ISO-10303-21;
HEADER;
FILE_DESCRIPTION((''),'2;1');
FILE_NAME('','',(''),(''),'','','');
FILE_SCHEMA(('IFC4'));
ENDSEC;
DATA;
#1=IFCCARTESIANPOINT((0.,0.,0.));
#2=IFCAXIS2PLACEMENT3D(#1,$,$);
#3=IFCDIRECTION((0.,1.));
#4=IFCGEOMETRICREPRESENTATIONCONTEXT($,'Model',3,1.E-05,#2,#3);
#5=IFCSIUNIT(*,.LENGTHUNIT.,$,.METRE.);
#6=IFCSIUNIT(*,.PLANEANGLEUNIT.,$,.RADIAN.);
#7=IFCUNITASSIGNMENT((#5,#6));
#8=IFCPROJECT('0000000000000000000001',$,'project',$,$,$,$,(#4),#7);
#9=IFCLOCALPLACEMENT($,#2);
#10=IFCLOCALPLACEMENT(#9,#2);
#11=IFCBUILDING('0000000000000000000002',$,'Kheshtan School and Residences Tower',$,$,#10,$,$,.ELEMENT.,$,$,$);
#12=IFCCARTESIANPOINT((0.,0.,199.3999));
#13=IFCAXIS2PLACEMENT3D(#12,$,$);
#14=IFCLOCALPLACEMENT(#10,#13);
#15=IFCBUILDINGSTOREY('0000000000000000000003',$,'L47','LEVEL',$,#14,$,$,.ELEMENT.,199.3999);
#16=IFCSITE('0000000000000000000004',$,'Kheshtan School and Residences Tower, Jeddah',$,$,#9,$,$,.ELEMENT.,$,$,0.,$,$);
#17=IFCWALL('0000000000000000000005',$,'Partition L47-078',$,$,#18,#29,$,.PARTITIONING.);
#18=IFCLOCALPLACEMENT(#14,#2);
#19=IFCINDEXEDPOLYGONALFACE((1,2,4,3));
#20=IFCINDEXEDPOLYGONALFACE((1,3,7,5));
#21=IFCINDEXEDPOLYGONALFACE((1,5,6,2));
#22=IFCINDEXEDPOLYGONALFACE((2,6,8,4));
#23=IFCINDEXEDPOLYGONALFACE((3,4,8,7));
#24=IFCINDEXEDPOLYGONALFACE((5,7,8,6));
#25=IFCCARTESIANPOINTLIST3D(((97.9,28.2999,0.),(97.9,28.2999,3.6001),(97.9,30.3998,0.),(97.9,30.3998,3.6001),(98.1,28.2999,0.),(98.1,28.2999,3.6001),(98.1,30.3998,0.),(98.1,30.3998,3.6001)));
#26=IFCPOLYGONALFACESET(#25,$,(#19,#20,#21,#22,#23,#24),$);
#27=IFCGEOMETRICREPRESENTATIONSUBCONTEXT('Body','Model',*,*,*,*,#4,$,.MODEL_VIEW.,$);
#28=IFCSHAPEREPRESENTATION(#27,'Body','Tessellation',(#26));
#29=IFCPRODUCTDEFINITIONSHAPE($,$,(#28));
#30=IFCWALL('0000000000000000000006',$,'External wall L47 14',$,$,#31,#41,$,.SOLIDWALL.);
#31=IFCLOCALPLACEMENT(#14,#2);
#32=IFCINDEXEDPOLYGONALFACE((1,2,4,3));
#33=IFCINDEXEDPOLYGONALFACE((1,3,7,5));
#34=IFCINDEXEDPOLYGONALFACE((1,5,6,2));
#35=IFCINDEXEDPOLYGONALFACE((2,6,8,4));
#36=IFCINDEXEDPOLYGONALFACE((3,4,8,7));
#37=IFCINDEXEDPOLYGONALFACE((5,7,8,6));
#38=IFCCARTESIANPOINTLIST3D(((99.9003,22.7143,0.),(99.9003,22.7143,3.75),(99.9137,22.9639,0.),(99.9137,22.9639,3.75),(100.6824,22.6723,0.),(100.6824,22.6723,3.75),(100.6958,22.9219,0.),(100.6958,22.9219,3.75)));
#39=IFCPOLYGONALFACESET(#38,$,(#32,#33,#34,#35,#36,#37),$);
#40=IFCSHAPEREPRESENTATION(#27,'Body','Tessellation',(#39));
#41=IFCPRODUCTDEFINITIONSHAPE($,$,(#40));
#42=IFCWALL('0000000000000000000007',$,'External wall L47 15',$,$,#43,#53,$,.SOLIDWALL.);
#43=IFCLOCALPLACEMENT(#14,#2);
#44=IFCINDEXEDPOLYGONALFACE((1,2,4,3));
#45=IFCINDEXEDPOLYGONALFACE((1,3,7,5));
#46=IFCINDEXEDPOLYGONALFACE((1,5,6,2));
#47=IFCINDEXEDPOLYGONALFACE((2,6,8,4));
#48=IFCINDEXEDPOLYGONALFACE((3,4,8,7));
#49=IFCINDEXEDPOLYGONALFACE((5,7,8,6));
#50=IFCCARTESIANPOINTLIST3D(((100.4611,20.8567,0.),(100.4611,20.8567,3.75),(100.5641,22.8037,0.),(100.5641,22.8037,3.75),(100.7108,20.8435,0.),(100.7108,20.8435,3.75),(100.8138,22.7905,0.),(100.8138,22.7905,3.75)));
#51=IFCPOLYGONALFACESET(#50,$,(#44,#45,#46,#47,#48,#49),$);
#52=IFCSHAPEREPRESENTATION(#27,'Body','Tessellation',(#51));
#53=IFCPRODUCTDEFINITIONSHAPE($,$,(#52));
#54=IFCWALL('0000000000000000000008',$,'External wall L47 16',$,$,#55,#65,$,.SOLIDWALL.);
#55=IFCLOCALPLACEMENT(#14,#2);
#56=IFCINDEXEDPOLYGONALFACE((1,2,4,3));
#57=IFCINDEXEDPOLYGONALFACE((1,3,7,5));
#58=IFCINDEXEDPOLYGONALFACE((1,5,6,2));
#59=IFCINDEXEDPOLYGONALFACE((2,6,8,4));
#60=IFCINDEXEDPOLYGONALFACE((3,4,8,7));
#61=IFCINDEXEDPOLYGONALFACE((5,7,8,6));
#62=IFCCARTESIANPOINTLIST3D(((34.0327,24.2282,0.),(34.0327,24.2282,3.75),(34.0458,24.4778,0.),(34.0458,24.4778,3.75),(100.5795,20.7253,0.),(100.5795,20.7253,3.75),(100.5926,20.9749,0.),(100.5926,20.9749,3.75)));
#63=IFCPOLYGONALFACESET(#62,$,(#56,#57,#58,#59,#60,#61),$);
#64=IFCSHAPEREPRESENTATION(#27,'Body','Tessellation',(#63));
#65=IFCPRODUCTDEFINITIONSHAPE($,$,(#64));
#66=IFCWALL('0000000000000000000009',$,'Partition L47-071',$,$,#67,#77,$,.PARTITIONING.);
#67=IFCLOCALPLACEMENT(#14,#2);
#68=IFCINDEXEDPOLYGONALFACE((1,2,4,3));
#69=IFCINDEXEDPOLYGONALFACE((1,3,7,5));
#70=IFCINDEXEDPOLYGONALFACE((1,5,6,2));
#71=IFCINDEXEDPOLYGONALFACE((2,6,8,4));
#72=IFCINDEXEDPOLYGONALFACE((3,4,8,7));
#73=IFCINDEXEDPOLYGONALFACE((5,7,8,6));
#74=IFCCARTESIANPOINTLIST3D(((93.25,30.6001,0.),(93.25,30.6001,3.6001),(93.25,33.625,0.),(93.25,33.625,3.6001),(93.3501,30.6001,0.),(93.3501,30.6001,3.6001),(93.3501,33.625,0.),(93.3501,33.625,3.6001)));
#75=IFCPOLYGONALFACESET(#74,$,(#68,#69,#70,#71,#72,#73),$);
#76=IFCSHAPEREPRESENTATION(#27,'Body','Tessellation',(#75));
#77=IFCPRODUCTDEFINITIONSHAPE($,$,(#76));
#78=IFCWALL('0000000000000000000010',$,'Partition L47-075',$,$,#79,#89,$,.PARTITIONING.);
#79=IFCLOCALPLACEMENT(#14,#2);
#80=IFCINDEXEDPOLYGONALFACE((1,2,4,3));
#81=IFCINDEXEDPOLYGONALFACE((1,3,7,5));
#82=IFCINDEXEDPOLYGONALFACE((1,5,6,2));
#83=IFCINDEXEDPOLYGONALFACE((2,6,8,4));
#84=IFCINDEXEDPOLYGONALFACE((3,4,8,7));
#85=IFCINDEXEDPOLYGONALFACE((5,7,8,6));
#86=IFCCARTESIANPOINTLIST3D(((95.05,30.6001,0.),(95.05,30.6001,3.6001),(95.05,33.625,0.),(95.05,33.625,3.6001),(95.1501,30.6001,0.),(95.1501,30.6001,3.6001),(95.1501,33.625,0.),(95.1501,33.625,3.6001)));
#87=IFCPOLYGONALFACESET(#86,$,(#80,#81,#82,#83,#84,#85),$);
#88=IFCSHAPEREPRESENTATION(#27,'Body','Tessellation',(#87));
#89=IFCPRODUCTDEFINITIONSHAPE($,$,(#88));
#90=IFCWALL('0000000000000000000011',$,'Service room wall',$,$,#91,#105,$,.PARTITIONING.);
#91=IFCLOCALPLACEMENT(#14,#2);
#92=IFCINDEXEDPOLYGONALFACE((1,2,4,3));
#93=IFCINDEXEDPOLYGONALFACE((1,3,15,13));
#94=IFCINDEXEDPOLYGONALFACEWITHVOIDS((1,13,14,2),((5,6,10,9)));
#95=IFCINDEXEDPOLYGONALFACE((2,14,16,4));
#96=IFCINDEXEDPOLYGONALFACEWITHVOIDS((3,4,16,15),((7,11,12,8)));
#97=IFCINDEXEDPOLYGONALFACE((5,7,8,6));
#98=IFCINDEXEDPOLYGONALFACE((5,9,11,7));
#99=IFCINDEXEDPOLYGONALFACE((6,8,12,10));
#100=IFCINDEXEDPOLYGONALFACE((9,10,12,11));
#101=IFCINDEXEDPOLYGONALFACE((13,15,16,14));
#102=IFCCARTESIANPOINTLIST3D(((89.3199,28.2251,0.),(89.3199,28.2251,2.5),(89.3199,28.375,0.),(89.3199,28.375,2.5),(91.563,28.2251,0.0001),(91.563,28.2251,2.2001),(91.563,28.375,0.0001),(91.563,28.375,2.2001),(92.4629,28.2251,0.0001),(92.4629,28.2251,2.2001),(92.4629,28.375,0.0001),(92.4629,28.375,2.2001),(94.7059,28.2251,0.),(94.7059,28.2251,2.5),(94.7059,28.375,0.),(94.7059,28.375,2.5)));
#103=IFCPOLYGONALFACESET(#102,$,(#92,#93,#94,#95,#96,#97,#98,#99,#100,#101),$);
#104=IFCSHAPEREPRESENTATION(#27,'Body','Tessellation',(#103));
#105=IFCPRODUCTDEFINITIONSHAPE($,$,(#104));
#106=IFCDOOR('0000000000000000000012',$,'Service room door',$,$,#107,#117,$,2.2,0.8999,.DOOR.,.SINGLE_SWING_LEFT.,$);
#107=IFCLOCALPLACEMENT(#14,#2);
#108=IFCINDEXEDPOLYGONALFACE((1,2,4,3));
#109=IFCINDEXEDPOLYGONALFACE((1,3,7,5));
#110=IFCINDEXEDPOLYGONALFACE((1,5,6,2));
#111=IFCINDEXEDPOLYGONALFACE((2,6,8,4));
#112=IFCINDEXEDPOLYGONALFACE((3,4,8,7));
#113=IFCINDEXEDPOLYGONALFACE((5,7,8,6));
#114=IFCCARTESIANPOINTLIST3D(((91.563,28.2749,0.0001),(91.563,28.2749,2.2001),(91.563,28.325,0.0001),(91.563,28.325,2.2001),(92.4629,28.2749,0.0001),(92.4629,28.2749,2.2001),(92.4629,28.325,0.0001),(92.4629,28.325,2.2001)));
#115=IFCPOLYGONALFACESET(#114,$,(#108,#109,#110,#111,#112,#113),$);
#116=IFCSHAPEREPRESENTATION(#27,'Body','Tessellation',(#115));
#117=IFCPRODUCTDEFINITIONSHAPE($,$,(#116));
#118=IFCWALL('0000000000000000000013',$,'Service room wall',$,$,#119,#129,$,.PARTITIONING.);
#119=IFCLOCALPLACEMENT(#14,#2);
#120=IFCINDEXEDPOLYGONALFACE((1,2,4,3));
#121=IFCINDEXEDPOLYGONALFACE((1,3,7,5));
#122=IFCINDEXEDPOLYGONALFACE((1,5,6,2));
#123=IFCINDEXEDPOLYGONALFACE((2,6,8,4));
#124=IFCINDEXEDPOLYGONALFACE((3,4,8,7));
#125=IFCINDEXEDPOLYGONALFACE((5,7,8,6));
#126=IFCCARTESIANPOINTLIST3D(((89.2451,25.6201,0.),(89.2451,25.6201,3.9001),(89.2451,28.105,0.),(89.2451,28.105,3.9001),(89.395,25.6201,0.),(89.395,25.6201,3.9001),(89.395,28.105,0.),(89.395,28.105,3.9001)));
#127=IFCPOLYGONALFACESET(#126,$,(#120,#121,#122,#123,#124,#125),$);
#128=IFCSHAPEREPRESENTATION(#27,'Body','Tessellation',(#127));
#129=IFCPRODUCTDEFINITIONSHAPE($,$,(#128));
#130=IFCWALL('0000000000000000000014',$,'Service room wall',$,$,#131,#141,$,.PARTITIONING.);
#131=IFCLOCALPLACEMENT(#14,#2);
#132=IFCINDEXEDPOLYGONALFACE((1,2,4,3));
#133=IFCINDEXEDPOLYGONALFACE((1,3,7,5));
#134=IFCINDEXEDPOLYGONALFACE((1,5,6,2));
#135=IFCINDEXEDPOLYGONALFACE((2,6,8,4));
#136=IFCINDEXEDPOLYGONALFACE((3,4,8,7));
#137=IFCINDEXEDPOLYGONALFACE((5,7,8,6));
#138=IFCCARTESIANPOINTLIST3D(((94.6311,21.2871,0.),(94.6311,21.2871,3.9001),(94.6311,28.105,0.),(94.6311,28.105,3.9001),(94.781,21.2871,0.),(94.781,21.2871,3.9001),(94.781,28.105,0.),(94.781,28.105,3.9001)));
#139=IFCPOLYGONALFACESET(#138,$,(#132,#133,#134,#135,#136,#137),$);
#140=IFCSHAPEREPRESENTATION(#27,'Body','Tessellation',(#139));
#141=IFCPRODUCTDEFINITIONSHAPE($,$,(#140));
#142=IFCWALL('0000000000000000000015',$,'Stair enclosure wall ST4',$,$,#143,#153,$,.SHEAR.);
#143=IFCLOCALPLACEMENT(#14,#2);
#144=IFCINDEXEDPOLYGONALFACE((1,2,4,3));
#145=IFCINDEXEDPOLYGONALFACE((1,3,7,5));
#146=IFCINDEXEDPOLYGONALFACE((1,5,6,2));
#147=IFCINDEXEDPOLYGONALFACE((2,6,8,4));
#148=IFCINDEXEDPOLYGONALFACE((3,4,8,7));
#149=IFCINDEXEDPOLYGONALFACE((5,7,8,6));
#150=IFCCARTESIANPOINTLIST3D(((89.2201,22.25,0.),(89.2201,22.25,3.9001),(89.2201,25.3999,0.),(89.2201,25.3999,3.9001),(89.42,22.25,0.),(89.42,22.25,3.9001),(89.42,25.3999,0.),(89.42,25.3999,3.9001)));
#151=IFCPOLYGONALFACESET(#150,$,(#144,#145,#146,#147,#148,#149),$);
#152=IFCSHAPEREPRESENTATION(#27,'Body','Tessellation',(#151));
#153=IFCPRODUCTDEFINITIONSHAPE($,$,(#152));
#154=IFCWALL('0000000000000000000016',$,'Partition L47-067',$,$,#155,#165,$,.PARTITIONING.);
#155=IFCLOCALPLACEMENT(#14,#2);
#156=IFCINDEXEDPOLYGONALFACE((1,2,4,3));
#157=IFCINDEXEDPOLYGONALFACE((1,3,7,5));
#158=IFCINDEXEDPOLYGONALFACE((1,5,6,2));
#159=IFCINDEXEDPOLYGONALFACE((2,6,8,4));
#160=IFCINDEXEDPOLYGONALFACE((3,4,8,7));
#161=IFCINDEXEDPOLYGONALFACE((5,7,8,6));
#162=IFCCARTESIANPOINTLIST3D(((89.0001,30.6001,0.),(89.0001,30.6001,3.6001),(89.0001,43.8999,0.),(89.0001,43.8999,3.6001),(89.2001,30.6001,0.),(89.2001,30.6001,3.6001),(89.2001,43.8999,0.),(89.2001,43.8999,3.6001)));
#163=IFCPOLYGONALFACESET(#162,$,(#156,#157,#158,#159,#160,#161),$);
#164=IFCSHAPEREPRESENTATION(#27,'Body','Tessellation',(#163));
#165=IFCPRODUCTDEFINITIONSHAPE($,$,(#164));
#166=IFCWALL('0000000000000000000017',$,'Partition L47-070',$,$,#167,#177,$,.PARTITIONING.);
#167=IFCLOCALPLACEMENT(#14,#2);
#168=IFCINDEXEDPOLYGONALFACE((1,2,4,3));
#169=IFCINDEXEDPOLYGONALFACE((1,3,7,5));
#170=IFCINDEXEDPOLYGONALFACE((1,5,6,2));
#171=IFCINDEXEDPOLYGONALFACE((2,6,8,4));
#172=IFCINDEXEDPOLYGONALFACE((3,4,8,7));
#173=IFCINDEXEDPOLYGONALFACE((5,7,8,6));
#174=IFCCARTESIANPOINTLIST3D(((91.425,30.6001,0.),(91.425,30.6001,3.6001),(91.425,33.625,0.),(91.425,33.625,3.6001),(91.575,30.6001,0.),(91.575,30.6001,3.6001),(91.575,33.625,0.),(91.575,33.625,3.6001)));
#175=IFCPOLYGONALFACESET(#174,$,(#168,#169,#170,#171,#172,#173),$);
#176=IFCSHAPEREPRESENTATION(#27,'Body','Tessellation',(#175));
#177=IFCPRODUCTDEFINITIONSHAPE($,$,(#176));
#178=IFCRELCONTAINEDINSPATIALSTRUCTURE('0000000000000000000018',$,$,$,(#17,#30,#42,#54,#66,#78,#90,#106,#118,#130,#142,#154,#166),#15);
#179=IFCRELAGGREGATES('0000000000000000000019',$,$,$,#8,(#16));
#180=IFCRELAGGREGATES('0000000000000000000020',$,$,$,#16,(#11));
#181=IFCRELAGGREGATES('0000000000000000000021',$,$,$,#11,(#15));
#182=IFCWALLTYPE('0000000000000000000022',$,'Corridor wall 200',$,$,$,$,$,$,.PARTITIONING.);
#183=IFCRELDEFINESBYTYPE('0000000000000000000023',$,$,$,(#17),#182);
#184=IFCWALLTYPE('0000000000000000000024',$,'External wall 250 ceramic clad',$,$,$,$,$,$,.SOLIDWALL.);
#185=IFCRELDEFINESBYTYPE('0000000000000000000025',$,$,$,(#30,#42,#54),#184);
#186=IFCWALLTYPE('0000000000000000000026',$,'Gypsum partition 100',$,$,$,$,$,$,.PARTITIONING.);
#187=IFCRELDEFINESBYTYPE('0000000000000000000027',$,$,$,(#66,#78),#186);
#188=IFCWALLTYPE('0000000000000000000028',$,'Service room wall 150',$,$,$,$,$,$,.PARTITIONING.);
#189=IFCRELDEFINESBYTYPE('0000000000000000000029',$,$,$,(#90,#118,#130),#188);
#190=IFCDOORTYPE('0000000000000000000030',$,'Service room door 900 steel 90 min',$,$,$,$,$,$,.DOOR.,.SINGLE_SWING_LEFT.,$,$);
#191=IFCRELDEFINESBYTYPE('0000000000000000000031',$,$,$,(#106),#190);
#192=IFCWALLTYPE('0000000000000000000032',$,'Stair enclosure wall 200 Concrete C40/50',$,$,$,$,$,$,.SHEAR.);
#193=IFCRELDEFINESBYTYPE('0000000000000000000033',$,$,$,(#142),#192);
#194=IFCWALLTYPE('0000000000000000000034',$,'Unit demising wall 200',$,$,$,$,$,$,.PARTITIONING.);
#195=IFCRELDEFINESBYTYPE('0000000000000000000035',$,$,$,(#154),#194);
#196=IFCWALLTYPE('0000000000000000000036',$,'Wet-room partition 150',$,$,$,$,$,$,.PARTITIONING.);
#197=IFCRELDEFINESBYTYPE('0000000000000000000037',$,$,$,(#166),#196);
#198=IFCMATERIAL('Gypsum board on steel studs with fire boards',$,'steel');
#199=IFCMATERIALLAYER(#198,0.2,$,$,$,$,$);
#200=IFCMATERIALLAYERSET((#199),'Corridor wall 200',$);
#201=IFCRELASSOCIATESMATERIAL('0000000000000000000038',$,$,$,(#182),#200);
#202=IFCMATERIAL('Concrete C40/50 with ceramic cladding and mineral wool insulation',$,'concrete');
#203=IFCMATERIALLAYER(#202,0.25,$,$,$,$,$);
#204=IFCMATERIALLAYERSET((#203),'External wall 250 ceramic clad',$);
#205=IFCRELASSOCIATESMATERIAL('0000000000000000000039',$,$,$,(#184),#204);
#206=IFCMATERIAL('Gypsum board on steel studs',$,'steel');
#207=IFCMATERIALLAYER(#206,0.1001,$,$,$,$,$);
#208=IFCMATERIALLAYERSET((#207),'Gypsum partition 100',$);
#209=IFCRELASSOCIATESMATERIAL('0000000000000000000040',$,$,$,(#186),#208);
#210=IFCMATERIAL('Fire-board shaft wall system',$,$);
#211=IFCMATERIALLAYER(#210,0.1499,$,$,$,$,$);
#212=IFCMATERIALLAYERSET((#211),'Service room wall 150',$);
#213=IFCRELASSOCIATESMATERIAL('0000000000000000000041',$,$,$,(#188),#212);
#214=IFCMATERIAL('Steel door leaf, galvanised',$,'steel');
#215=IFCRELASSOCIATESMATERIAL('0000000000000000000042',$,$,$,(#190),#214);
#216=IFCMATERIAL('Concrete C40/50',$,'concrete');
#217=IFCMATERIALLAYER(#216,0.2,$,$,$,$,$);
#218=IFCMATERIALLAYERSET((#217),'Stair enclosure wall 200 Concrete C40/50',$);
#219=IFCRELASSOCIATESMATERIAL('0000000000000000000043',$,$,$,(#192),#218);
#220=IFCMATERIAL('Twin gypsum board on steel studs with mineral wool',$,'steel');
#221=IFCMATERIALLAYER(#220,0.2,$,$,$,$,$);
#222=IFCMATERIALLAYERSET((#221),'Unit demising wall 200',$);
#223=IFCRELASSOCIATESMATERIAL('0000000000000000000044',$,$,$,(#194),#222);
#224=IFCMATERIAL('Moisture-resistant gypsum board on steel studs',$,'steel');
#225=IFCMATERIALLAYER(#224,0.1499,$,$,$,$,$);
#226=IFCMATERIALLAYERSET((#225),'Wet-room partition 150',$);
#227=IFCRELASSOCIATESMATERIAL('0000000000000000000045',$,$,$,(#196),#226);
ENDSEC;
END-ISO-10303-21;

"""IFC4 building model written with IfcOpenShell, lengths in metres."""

from ifc_helpers import new_model, si_unit, direction, frame, frame_2d, origin, place, context, subcontext, project, spatial, rectangle, extrude, source, transform, mapped, material, layer, layer_set, type_object, element, fill, save


model = new_model("IFC4")

# Units and contexts
model_context = context("Model", 3, precision=1e-05, world=origin(), true_north=direction((0.0, 1.0)))
body_context = subcontext(model_context, "Body", "Model", "MODEL_VIEW")
ifc_project = project(units=[si_unit("LENGTHUNIT", "METRE"), si_unit("PLANEANGLEUNIT", "RADIAN")], contexts=[model_context])

# Site, building, storey
site_placement = place(None, origin())
site = spatial("IfcSite", under=ifc_project, at=site_placement, Name="Kheshtan School and Residences Tower, Jeddah", CompositionType="ELEMENT", RefElevation=0.0)
building_placement = place(site_placement, origin())
building = spatial("IfcBuilding", under=site, at=building_placement, Name="Kheshtan School and Residences Tower", CompositionType="ELEMENT")
storey_placement = place(building_placement, frame((0.0, 0.0, 199.3999)))
storey = spatial("IfcBuildingStorey", under=building, at=storey_placement, Name="L47", Description="LEVEL", CompositionType="ELEMENT", Elevation=199.3999)

# Walls
ifc_material_1 = material(Name="Gypsum board on steel studs with fire boards", Category="steel")
ifc_layer_1 = layer(ifc_material_1, 0.2)
ifc_layer_set_1 = layer_set([ifc_layer_1], Name="Corridor wall 200")
wall_type_1 = type_object("IfcWallType", Name="Corridor wall 200", PredefinedType="PARTITIONING", material=ifc_layer_set_1)
wall_1_placement = place(storey_placement, frame((98.0, 28.3, 0.0), z_axis=(0.0, 0.0, 1.0), x_axis=(0.0, 1.0, 0.0)))
element("IfcWall", 1, at=wall_1_placement, inside=storey, type_object=wall_type_1, Name="Partition L47-078", PredefinedType="PARTITIONING", context=body_context, shape_type="SweptSolid", body=[
    extrude(rectangle(XDim=2.0999, YDim=0.2, at=frame_2d((1.0498, 0.0))), origin(), (0.0, 0.0, 1.0), 3.6001),
])
ifc_material_2 = material(Name="Concrete C40/50 with ceramic cladding and mineral wool insulation", Category="concrete")
ifc_layer_2 = layer(ifc_material_2, 0.25)
ifc_layer_set_2 = layer_set([ifc_layer_2], Name="External wall 250 ceramic clad")
wall_type_2 = type_object("IfcWallType", Name="External wall 250 ceramic clad", PredefinedType="SOLIDWALL", material=ifc_layer_set_2)
wall_2_placement = place(storey_placement, frame((99.907, 22.8391, 0.0), z_axis=(0.0, 0.0, 1.0), x_axis=(0.998561, -0.053622, 0.0)))
element("IfcWall", 2, at=wall_2_placement, inside=storey, type_object=wall_type_2, Name="External wall L47 14", PredefinedType="SOLIDWALL", context=body_context, shape_type="SweptSolid", body=[
    extrude(rectangle(XDim=0.7832, YDim=0.25, at=frame_2d((0.3916, 0.0))), origin(), (0.0, 0.0, 1.0), 3.75),
])
wall_3_placement = place(storey_placement, frame((100.689, 22.7971, 0.0), z_axis=(0.0, 0.0, 1.0), x_axis=(-0.052841, -0.998603, 0.0)))
element("IfcWall", 3, at=wall_3_placement, inside=storey, type_object=wall_type_2, Name="External wall L47 15", PredefinedType="SOLIDWALL", context=body_context, shape_type="SweptSolid", body=[
    extrude(rectangle(XDim=1.9497, YDim=0.25, at=frame_2d((0.9749, 0.0))), origin(), (0.0, 0.0, 1.0), 3.75),
])
wall_4_placement = place(storey_placement, frame((100.5859, 20.8501, 0.0), z_axis=(0.0, 0.0, 1.0), x_axis=(-0.998617, 0.052566, 0.0)))
element("IfcWall", 4, at=wall_4_placement, inside=storey, type_object=wall_type_2, Name="External wall L47 16", PredefinedType="SOLIDWALL", context=body_context, shape_type="SweptSolid", body=[
    extrude(rectangle(XDim=66.6389, YDim=0.25, at=frame_2d((33.3193, 0.0))), origin(), (0.0, 0.0, 1.0), 3.75),
])
ifc_material_3 = material(Name="Gypsum board on steel studs", Category="steel")
ifc_layer_3 = layer(ifc_material_3, 0.1001)
ifc_layer_set_3 = layer_set([ifc_layer_3], Name="Gypsum partition 100")
wall_type_3 = type_object("IfcWallType", Name="Gypsum partition 100", PredefinedType="PARTITIONING", material=ifc_layer_set_3)
for number, where, z_axis, x_axis, name in (
    (5, (93.3, 30.6001, 0.0), (0.0, 0.0, 1.0), (0.0, 1.0, 0.0), "Partition L47-071"),
    (6, (95.1001, 30.6001, 0.0), (0.0, 0.0, 1.0), (0.0, 1.0, 0.0), "Partition L47-075"),
):
    element("IfcWall", number, at=place(storey_placement, frame(where, z_axis=z_axis, x_axis=x_axis)), inside=storey, type_object=wall_type_3, Name=name, PredefinedType="PARTITIONING", context=body_context, shape_type="SweptSolid", body=[
        extrude(rectangle(XDim=3.0249, YDim=0.1001, at=frame_2d((1.5125, 0.0))), origin(), (0.0, 0.0, 1.0), 3.6001),
    ])

# Wall, opening, door
ifc_material_4 = material(Name="Fire-board shaft wall system")
ifc_layer_4 = layer(ifc_material_4, 0.1499)
ifc_layer_set_4 = layer_set([ifc_layer_4], Name="Service room wall 150")
wall_type_4 = type_object("IfcWallType", Name="Service room wall 150", PredefinedType="PARTITIONING", material=ifc_layer_set_4)
wall_5_placement = place(storey_placement, frame((89.3201, 28.3, 0.0), z_axis=(0.0, 0.0, 1.0), x_axis=(1.0, 0.0, 0.0)))
wall_5 = element("IfcWall", 7, at=wall_5_placement, inside=storey, type_object=wall_type_4, Name="Service room wall", PredefinedType="PARTITIONING", context=body_context, shape_type="SweptSolid", body=[
    extrude(rectangle(XDim=5.386, YDim=0.1499, at=frame_2d((2.6929, 0.0))), origin(), (0.0, 0.0, 1.0), 2.5),
])
opening_placement = place(wall_5_placement, frame((2.2429, 0.0, 0.0)))
opening = element("IfcOpeningElement", 8, at=opening_placement, cuts=wall_5, PredefinedType="OPENING", context=body_context, shape_type="SweptSolid", body=[
    extrude(rectangle(XDim=0.8999, YDim=2.2, at=frame_2d((0.45, 1.1001))), frame((0.0, 0.085, 0.0), z_axis=(0.0, -1.0, 0.0), x_axis=(1.0, 0.0, 0.0)), (0.0, 0.0, 1.0), 0.1699),
])
ifc_material_5 = material(Name="Steel door leaf, galvanised", Category="steel")
door_type = type_object("IfcDoorType", Name="Service room door 900 steel 90 min", OperationType="SINGLE_SWING_LEFT", PredefinedType="DOOR", material=ifc_material_5)
shared_shape = source(origin(), body_context, "Body", "SweptSolid", [
    extrude(rectangle(XDim=0.8999, YDim=2.2, at=frame_2d((0.45, 1.1001))), frame((0.0, 0.0249, 0.0), z_axis=(0.0, -1.0, 0.0), x_axis=(1.0, 0.0, 0.0)), (0.0, 0.0, 1.0), 0.05),
])
door_placement = place(opening_placement, origin())
door = element("IfcDoor", 9, at=door_placement, inside=storey, type_object=door_type, Name="Service room door", OperationType="SINGLE_SWING_LEFT", OverallHeight=2.2, OverallWidth=0.8999, PredefinedType="DOOR", context=body_context, shape_type="MappedRepresentation", body=[
    mapped(shared_shape, transform((0.0, 0.0, 0.0), x_axis=(1.0, 0.0, 0.0), y_axis=(0.0, 1.0, 0.0), z_axis=(0.0, 0.0, 1.0), scale=1.0)),
])
fill(opening, door)

# Walls
wall_6_placement = place(storey_placement, frame((89.3201, 25.6201, 0.0), z_axis=(0.0, 0.0, 1.0), x_axis=(0.0, 1.0, 0.0)))
element("IfcWall", 10, at=wall_6_placement, inside=storey, type_object=wall_type_4, Name="Service room wall", PredefinedType="PARTITIONING", context=body_context, shape_type="SweptSolid", body=[
    extrude(rectangle(XDim=2.4849, YDim=0.1499, at=frame_2d((1.2424, 0.0))), origin(), (0.0, 0.0, 1.0), 3.9001),
])
wall_7_placement = place(storey_placement, frame((94.7061, 21.2871, 0.0), z_axis=(0.0, 0.0, 1.0), x_axis=(0.0, 1.0, 0.0)))
element("IfcWall", 11, at=wall_7_placement, inside=storey, type_object=wall_type_4, Name="Service room wall", PredefinedType="PARTITIONING", context=body_context, shape_type="SweptSolid", body=[
    extrude(rectangle(XDim=6.8179, YDim=0.1499, at=frame_2d((3.4089, 0.0))), origin(), (0.0, 0.0, 1.0), 3.9001),
])
ifc_material_6 = material(Name="Concrete C40/50", Category="concrete")
ifc_layer_5 = layer(ifc_material_6, 0.2)
ifc_layer_set_5 = layer_set([ifc_layer_5], Name="Stair enclosure wall 200 Concrete C40/50")
wall_type_5 = type_object("IfcWallType", Name="Stair enclosure wall 200 Concrete C40/50", PredefinedType="SHEAR", material=ifc_layer_set_5)
wall_8_placement = place(storey_placement, frame((89.3201, 22.25, 0.0), z_axis=(0.0, 0.0, 1.0), x_axis=(0.0, 1.0, 0.0)))
element("IfcWall", 12, at=wall_8_placement, inside=storey, type_object=wall_type_5, Name="Stair enclosure wall ST4", PredefinedType="SHEAR", context=body_context, shape_type="SweptSolid", body=[
    extrude(rectangle(XDim=3.1499, YDim=0.2, at=frame_2d((1.575, 0.0))), origin(), (0.0, 0.0, 1.0), 3.9001),
])
ifc_material_7 = material(Name="Twin gypsum board on steel studs with mineral wool", Category="steel")
ifc_layer_6 = layer(ifc_material_7, 0.2)
ifc_layer_set_6 = layer_set([ifc_layer_6], Name="Unit demising wall 200")
wall_type_6 = type_object("IfcWallType", Name="Unit demising wall 200", PredefinedType="PARTITIONING", material=ifc_layer_set_6)
wall_9_placement = place(storey_placement, frame((89.1001, 30.6001, 0.0), z_axis=(0.0, 0.0, 1.0), x_axis=(0.0, 1.0, 0.0)))
element("IfcWall", 13, at=wall_9_placement, inside=storey, type_object=wall_type_6, Name="Partition L47-067", PredefinedType="PARTITIONING", context=body_context, shape_type="SweptSolid", body=[
    extrude(rectangle(XDim=13.2998, YDim=0.2, at=frame_2d((6.6499, 0.0))), origin(), (0.0, 0.0, 1.0), 3.6001),
])
ifc_material_8 = material(Name="Moisture-resistant gypsum board on steel studs", Category="steel")
ifc_layer_7 = layer(ifc_material_8, 0.1499)
ifc_layer_set_7 = layer_set([ifc_layer_7], Name="Wet-room partition 150")
wall_type_7 = type_object("IfcWallType", Name="Wet-room partition 150", PredefinedType="PARTITIONING", material=ifc_layer_set_7)
wall_10_placement = place(storey_placement, frame((91.5, 30.6001, 0.0), z_axis=(0.0, 0.0, 1.0), x_axis=(0.0, 1.0, 0.0)))
element("IfcWall", 14, at=wall_10_placement, inside=storey, type_object=wall_type_7, Name="Partition L47-070", PredefinedType="PARTITIONING", context=body_context, shape_type="SweptSolid", body=[
    extrude(rectangle(XDim=3.0249, YDim=0.1499, at=frame_2d((1.5125, 0.0))), origin(), (0.0, 0.0, 1.0), 3.6001),
])

save(model, "model.ifc")
